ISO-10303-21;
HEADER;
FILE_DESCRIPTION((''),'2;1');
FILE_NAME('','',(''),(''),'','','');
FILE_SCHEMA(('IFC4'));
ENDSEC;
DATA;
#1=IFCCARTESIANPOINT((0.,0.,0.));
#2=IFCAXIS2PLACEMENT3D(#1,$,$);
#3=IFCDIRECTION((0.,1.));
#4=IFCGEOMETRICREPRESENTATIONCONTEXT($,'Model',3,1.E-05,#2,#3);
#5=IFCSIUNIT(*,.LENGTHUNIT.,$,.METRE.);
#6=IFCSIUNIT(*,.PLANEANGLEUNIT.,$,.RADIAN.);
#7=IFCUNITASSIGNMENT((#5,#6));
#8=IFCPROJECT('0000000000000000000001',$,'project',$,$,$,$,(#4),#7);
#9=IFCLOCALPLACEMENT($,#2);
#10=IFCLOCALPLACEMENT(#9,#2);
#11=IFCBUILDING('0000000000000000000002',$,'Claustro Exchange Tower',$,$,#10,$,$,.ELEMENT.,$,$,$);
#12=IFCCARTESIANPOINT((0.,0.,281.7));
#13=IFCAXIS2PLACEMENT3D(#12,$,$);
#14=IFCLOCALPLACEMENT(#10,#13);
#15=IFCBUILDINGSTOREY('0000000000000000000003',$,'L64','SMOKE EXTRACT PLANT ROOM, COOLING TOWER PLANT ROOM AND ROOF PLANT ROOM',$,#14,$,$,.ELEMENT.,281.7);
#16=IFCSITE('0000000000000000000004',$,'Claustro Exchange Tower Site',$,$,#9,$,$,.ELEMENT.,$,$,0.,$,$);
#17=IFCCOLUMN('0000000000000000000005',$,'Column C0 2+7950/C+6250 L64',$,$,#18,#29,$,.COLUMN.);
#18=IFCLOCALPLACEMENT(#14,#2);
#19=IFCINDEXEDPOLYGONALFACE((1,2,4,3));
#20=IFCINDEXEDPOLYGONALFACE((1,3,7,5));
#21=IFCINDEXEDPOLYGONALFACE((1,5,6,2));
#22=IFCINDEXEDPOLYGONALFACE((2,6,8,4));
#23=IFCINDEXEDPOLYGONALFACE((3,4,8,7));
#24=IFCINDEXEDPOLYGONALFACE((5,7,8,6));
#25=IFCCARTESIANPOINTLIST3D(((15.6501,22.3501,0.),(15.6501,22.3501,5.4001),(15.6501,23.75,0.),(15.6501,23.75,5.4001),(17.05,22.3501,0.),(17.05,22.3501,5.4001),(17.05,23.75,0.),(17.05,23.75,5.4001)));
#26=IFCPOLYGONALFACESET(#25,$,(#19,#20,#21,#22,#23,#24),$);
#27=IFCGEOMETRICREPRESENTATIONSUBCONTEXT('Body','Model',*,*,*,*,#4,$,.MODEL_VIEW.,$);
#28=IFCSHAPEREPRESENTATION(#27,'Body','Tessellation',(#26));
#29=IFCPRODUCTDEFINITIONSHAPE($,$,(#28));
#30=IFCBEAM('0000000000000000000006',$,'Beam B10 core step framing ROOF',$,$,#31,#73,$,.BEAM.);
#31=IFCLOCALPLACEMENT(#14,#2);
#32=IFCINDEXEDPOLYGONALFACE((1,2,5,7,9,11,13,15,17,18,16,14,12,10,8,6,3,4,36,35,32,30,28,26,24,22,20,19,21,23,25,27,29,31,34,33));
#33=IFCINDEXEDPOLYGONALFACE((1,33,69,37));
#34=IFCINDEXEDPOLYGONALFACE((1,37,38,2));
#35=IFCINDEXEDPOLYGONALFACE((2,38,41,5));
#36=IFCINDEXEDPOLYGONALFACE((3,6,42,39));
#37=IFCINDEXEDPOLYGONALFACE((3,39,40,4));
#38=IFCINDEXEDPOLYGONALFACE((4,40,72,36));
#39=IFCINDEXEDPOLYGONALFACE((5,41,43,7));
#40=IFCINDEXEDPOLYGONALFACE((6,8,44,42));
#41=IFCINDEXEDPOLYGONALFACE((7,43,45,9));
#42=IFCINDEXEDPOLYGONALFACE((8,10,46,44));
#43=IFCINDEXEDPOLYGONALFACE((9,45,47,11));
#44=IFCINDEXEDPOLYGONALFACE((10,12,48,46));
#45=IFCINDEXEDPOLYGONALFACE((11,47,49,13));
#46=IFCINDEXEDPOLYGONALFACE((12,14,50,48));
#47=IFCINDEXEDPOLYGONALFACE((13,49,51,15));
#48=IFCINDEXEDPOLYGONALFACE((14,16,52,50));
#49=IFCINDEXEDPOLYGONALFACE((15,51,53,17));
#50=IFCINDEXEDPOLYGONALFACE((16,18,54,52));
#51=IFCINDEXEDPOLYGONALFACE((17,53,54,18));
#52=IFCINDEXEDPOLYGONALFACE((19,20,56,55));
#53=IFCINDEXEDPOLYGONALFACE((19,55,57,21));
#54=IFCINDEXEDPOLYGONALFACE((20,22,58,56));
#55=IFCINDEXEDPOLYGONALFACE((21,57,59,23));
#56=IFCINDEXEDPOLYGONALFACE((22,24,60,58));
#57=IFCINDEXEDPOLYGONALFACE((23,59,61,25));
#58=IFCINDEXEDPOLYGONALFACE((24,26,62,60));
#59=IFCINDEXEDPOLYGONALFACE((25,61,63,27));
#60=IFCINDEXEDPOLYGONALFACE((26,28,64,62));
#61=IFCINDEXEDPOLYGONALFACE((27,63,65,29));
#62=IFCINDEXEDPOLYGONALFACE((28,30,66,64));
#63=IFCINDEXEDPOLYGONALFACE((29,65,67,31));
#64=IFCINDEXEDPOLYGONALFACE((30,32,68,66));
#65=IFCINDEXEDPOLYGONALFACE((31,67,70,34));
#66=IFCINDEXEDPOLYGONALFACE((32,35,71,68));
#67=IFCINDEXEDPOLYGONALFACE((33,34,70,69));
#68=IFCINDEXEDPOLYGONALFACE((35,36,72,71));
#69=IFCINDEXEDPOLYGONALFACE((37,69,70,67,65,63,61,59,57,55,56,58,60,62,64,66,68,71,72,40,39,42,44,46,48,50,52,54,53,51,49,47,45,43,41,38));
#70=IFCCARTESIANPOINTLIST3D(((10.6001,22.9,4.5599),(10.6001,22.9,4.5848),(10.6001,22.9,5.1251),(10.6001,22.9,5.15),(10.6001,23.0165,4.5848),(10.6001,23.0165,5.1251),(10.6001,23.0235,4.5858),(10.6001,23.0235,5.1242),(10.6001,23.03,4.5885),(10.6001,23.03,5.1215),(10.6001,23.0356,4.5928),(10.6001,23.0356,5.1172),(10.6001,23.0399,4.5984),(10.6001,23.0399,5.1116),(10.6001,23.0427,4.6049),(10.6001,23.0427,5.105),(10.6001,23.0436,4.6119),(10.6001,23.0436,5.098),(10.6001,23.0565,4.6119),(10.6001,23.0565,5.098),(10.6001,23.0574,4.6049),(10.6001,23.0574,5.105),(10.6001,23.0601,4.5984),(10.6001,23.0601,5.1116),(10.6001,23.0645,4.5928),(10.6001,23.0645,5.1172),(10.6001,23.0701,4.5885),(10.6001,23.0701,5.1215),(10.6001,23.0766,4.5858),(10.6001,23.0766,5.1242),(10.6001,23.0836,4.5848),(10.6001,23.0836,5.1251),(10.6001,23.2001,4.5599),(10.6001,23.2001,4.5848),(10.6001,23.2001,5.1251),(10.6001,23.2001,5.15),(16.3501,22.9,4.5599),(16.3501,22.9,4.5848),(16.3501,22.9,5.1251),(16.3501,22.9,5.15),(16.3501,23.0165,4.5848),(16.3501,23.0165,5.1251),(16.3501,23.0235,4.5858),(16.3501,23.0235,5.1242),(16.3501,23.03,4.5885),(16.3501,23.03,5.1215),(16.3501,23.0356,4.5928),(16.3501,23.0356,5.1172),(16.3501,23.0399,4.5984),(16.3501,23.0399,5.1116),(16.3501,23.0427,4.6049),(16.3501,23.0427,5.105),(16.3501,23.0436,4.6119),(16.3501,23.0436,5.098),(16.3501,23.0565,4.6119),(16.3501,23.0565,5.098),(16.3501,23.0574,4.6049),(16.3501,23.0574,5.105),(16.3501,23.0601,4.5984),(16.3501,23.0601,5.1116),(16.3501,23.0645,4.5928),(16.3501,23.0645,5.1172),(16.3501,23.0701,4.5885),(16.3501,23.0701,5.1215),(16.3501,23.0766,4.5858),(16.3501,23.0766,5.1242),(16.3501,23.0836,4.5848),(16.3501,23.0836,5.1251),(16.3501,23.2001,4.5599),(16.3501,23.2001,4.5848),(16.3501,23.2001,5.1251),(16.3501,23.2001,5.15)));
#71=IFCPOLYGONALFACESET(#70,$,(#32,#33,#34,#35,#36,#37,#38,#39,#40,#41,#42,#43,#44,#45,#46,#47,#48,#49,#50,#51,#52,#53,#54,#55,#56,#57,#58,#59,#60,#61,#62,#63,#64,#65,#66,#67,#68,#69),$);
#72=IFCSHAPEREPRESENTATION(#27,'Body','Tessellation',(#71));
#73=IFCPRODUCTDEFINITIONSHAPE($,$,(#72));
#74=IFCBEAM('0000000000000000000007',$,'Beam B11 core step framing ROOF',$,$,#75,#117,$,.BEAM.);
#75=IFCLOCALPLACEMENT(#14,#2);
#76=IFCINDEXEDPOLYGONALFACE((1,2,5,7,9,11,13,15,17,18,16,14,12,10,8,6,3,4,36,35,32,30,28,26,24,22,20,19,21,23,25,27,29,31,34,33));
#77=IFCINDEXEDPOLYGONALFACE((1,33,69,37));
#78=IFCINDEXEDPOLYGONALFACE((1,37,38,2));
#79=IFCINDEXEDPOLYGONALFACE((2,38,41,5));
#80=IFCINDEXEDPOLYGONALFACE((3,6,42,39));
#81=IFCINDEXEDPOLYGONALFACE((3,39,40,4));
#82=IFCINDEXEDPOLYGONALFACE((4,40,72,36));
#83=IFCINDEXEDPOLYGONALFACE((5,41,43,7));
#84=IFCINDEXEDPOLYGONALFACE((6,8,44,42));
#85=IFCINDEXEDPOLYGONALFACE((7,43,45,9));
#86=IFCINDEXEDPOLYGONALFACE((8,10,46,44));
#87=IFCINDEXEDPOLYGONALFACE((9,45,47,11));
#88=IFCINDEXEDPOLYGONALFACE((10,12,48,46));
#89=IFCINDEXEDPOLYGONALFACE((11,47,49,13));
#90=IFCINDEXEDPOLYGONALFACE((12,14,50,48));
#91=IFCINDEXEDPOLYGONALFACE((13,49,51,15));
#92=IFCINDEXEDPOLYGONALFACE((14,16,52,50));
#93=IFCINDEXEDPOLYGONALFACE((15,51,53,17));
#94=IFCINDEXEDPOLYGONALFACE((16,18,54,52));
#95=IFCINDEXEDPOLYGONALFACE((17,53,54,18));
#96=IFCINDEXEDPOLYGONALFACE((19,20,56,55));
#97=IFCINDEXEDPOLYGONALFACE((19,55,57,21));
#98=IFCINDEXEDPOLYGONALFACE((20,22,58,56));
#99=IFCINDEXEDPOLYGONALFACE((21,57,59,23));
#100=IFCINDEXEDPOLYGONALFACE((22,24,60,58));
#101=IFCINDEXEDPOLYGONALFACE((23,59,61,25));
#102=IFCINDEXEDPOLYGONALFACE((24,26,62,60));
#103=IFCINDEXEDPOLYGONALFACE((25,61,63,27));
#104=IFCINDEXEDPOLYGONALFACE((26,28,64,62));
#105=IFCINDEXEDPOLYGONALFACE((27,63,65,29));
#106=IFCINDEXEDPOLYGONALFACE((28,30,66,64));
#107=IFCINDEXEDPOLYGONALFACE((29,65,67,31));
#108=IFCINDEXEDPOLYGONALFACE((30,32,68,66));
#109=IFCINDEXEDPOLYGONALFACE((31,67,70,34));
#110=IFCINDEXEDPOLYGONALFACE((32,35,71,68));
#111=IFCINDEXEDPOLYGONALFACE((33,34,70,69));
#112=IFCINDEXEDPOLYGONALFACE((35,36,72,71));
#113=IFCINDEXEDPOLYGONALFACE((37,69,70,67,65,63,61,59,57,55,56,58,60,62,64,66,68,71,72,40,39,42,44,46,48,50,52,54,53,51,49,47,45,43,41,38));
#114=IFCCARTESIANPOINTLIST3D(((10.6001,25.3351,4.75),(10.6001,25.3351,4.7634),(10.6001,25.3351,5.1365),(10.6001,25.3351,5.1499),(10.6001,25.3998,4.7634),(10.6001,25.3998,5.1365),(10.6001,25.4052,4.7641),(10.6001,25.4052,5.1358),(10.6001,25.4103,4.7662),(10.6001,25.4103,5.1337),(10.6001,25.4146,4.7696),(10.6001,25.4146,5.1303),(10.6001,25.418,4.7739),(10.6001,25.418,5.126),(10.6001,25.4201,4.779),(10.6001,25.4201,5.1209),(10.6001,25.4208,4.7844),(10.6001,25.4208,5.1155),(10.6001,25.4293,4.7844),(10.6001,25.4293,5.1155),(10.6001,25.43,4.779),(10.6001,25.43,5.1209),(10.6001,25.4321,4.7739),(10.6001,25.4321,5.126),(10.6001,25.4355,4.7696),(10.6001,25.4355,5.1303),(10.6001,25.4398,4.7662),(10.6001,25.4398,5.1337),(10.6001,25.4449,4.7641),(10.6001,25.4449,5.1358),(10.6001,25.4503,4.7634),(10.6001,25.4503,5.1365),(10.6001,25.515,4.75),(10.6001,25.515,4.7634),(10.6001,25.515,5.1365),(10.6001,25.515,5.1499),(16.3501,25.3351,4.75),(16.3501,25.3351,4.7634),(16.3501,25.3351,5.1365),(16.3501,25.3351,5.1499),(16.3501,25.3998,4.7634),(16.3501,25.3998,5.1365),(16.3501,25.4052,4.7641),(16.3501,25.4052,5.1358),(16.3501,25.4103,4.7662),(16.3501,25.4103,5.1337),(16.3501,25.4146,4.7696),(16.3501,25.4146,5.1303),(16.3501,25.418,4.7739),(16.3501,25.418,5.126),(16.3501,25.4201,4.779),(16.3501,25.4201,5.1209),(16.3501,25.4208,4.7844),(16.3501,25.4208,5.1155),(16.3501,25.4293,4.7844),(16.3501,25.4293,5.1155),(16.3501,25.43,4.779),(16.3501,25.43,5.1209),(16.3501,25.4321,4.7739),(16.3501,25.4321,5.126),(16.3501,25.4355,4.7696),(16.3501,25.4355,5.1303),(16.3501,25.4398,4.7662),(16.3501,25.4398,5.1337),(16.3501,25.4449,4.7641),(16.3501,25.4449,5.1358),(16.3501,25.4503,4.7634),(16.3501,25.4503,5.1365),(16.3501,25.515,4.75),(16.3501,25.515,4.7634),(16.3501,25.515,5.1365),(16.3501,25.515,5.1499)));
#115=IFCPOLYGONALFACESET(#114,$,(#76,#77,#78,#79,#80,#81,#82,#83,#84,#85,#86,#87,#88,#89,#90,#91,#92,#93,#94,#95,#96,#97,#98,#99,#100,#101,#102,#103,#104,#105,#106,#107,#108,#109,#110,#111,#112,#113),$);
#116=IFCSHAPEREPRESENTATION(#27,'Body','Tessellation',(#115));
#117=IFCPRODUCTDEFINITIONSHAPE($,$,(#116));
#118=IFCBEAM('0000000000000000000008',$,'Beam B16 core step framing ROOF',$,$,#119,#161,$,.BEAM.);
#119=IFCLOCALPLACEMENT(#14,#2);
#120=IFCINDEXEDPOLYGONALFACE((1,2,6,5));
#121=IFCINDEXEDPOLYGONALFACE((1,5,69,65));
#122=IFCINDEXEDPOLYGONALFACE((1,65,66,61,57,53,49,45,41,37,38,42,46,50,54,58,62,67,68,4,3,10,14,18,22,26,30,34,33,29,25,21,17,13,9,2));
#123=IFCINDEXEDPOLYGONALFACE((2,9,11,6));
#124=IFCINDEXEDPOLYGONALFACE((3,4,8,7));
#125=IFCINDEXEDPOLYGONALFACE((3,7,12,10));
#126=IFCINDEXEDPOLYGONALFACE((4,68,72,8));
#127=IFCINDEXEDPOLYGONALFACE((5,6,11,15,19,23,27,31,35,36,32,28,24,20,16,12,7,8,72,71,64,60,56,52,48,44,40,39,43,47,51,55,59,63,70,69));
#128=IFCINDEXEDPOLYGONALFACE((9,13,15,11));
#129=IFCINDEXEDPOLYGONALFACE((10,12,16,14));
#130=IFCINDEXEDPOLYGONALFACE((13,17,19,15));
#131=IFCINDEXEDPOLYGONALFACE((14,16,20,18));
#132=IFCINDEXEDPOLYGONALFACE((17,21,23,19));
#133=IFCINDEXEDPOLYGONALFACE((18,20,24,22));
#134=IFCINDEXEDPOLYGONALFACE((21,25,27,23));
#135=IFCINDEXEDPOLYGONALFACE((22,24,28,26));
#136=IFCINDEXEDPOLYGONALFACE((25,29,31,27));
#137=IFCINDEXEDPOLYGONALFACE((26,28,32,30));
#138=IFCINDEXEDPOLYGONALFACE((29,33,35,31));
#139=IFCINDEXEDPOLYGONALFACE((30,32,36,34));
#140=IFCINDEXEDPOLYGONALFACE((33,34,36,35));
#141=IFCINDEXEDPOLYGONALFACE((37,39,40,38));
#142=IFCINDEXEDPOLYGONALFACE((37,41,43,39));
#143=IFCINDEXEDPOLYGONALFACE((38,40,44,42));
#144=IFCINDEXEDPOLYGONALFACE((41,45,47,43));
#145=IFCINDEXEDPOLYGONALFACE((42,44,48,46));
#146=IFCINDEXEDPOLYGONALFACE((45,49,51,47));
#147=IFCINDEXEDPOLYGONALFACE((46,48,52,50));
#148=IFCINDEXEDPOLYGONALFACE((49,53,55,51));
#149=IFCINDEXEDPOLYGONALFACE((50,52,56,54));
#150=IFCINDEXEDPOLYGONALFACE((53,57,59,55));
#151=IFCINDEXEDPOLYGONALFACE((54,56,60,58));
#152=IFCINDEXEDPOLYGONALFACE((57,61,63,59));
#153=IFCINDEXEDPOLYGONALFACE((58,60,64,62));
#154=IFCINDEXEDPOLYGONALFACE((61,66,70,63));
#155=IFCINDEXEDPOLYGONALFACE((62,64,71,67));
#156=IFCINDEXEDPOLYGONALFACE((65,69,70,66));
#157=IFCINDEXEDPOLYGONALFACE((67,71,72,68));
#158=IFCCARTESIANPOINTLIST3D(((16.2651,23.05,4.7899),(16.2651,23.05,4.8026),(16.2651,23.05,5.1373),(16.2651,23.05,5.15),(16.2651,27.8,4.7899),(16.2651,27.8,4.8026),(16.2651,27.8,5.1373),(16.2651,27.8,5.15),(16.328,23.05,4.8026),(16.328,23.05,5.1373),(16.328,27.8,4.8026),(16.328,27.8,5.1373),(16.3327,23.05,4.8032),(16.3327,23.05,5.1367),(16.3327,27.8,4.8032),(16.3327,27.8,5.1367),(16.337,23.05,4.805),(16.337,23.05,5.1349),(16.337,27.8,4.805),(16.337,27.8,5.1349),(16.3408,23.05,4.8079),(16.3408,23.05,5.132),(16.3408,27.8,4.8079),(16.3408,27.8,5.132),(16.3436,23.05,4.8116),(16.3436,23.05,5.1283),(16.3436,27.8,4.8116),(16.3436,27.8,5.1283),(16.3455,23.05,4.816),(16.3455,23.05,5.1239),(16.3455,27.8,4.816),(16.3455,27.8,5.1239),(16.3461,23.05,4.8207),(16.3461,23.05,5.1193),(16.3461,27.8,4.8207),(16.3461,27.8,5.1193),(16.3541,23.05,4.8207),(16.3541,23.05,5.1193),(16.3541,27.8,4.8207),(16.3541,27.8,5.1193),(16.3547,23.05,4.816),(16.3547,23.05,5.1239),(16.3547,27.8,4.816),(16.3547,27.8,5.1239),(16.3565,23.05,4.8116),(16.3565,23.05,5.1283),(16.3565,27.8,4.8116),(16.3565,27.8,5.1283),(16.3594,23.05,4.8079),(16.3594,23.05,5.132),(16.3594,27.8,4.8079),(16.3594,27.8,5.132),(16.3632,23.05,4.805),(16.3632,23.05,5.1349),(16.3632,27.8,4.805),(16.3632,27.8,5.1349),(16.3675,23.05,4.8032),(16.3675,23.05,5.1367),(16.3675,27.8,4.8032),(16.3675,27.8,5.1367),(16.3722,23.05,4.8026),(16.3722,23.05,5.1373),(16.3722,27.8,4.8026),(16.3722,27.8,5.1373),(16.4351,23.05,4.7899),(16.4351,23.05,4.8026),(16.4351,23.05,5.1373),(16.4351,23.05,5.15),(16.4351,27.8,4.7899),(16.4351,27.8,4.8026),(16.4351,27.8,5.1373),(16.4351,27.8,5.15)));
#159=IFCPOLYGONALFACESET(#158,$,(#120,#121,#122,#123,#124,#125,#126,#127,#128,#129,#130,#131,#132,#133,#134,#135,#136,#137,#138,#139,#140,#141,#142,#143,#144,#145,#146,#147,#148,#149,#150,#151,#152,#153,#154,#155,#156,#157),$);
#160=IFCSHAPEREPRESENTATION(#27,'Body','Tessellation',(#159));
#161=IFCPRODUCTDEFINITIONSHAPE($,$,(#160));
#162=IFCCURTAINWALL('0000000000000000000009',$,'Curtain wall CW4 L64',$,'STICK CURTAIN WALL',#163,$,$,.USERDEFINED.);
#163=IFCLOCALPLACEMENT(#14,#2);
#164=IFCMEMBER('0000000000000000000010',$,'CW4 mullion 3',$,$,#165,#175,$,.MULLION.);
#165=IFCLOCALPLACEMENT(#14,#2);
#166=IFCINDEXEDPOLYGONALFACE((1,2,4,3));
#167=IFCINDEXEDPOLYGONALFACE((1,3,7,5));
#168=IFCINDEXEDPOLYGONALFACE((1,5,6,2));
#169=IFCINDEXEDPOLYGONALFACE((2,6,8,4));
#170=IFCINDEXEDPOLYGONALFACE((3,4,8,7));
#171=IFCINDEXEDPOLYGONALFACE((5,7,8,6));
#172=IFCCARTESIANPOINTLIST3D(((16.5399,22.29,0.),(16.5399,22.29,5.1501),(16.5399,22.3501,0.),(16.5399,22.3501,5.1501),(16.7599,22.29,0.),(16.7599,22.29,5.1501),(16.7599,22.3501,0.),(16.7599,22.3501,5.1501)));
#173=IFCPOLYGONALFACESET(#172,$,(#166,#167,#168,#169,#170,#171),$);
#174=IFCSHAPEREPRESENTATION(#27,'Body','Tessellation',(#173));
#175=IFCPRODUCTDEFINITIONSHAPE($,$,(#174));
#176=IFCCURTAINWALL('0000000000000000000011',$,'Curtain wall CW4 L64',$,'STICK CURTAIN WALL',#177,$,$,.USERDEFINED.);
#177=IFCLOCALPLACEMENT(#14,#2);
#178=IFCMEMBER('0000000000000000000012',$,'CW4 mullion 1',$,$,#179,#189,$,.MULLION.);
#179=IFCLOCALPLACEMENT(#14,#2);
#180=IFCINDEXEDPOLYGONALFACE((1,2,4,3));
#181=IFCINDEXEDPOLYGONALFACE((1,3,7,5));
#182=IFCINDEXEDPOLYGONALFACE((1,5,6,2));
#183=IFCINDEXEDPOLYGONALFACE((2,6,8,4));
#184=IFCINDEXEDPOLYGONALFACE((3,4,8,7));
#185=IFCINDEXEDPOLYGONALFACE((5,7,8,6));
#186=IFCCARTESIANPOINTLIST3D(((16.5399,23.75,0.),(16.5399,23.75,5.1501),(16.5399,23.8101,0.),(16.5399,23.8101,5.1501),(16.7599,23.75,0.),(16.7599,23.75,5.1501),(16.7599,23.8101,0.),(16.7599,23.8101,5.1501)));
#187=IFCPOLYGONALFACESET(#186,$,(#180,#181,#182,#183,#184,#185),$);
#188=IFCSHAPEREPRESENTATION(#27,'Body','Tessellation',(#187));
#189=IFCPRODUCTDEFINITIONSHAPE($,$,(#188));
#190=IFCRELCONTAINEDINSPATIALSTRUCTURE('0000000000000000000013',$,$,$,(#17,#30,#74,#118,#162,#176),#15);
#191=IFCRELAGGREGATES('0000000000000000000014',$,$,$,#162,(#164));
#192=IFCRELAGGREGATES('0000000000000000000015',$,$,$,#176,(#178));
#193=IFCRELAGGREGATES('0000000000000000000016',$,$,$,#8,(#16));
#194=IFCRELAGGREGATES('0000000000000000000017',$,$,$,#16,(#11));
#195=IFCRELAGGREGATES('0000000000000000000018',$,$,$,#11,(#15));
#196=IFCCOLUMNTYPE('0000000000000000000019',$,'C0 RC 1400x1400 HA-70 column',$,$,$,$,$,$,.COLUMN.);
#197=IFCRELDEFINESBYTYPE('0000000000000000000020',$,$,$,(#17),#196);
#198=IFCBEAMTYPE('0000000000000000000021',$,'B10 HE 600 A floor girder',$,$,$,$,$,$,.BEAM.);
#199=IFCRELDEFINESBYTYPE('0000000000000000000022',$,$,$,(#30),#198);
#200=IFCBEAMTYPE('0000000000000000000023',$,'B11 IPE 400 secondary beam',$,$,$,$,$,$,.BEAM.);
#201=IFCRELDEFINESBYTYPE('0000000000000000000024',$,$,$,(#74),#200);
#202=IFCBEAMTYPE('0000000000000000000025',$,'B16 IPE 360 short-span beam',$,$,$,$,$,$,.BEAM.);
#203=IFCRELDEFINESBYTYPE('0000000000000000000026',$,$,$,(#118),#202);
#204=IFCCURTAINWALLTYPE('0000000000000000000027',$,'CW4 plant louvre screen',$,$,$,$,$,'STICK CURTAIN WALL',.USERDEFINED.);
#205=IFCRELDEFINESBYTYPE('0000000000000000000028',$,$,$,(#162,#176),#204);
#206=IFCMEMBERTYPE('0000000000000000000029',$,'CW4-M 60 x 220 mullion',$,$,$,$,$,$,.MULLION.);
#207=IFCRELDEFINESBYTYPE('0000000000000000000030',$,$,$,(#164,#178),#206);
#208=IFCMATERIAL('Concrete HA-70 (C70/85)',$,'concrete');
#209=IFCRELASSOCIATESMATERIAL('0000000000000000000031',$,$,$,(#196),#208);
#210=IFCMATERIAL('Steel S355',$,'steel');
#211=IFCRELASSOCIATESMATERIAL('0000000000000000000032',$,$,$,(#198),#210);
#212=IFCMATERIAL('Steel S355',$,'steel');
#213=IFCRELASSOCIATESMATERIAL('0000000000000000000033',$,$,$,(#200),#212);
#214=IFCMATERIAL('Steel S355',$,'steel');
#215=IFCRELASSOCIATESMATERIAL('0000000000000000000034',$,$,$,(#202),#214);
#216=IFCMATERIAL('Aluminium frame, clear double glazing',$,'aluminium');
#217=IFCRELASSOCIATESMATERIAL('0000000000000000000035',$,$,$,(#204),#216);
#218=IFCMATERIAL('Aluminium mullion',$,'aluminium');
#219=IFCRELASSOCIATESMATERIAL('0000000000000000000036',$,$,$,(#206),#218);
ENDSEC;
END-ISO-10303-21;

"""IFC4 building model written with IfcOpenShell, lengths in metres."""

from ifc_helpers import new_model, si_unit, direction, frame, origin, origin_2d, place, context, subcontext, project, spatial, rectangle, i_section, extrude, material, material_profile, profile_set, type_object, element, aggregate, save


model = new_model("IFC4")

# Units and contexts
model_context = context("Model", 3, precision=1e-05, world=origin(), true_north=direction((0.0, 1.0)))
body_context = subcontext(model_context, "Body", "Model", "MODEL_VIEW")
ifc_project = project(units=[si_unit("LENGTHUNIT", "METRE"), si_unit("PLANEANGLEUNIT", "RADIAN")], contexts=[model_context])

# Site, building, storey
site_placement = place(None, origin())
site = spatial("IfcSite", under=ifc_project, at=site_placement, Name="Claustro Exchange Tower Site", CompositionType="ELEMENT", RefElevation=0.0)
building_placement = place(site_placement, origin())
building = spatial("IfcBuilding", under=site, at=building_placement, Name="Claustro Exchange Tower", CompositionType="ELEMENT")
storey_placement = place(building_placement, frame((0.0, 0.0, 281.7)))
storey = spatial("IfcBuildingStorey", under=building, at=storey_placement, Name="L64", Description="SMOKE EXTRACT PLANT ROOM, COOLING TOWER PLANT ROOM AND ROOF PLANT ROOM", CompositionType="ELEMENT", Elevation=281.7)

# Column
ifc_material_1 = material(Name="Concrete HA-70 (C70/85)", Category="concrete")
ifc_material_profile_1 = material_profile(ifc_material_1, rectangle(XDim=1.3999, YDim=1.3999, at=origin_2d()), Name="RC 1400x1400")
ifc_profile_set_1 = profile_set([ifc_material_profile_1], Name="Concrete HA-70 (C70/85)")
column_type = type_object("IfcColumnType", Name="C0 RC 1400x1400 HA-70 column", PredefinedType="COLUMN", material=ifc_profile_set_1)
column_placement = place(storey_placement, frame((16.3501, 23.05, 0.0), z_axis=(0.0, 0.0, 1.0), x_axis=(1.0, 0.0, 0.0)))
element("IfcColumn", 1, at=column_placement, inside=storey, type_object=column_type, Name="Column C0 2+7950/C+6250 L64", PredefinedType="COLUMN", context=body_context, shape_type="SweptSolid", body=[
    extrude(rectangle(XDim=1.3999, YDim=1.3999, at=origin_2d()), origin(), (0.0, 0.0, 1.0), 5.4001),
])

# Beams
ifc_material_2 = material(Name="Steel S355", Category="steel")
ifc_material_profile_2 = material_profile(ifc_material_2, i_section(OverallWidth=0.3, OverallDepth=0.5901, WebThickness=0.0129, FlangeThickness=0.0249, FilletRadius=0.0271, at=origin_2d()), Name="HE 600 A")
ifc_profile_set_2 = profile_set([ifc_material_profile_2], Name="Steel S355")
beam_type_1 = type_object("IfcBeamType", Name="B10 HE 600 A floor girder", PredefinedType="BEAM", material=ifc_profile_set_2)
beam_1_placement = place(storey_placement, frame((10.6001, 23.05, 4.855), z_axis=(1.0, 0.0, 0.0), x_axis=(0.0, 1.0, 0.0)))
element("IfcBeam", 2, at=beam_1_placement, inside=storey, type_object=beam_type_1, Name="Beam B10 core step framing ROOF", PredefinedType="BEAM", context=body_context, shape_type="SweptSolid", body=[
    extrude(i_section(OverallWidth=0.3, OverallDepth=0.5901, WebThickness=0.0129, FlangeThickness=0.0249, FilletRadius=0.0271, at=origin_2d()), origin(), (0.0, 0.0, 1.0), 5.75),
])
ifc_material_3 = material(Name="Steel S355", Category="steel")
ifc_material_profile_3 = material_profile(ifc_material_3, i_section(OverallWidth=0.1799, OverallDepth=0.3999, WebThickness=0.0085, FlangeThickness=0.0134, FilletRadius=0.021, at=origin_2d()), Name="IPE 400")
ifc_profile_set_3 = profile_set([ifc_material_profile_3], Name="Steel S355")
beam_type_2 = type_object("IfcBeamType", Name="B11 IPE 400 secondary beam", PredefinedType="BEAM", material=ifc_profile_set_3)
beam_2_placement = place(storey_placement, frame((10.6001, 25.425, 4.95), z_axis=(1.0, 0.0, 0.0), x_axis=(0.0, 1.0, 0.0)))
element("IfcBeam", 3, at=beam_2_placement, inside=storey, type_object=beam_type_2, Name="Beam B11 core step framing ROOF", PredefinedType="BEAM", context=body_context, shape_type="SweptSolid", body=[
    extrude(i_section(OverallWidth=0.1799, OverallDepth=0.3999, WebThickness=0.0085, FlangeThickness=0.0134, FilletRadius=0.021, at=origin_2d()), origin(), (0.0, 0.0, 1.0), 5.75),
])
ifc_material_4 = material(Name="Steel S355", Category="steel")
ifc_material_profile_4 = material_profile(ifc_material_4, i_section(OverallWidth=0.1699, OverallDepth=0.3601, WebThickness=0.0081, FlangeThickness=0.0127, FilletRadius=0.0181, at=origin_2d()), Name="IPE 360")
ifc_profile_set_4 = profile_set([ifc_material_profile_4], Name="Steel S355")
beam_type_3 = type_object("IfcBeamType", Name="B16 IPE 360 short-span beam", PredefinedType="BEAM", material=ifc_profile_set_4)
beam_3_placement = place(storey_placement, frame((16.3501, 23.05, 4.97), z_axis=(0.0, 1.0, 0.0), x_axis=(-1.0, 0.0, 0.0)))
element("IfcBeam", 4, at=beam_3_placement, inside=storey, type_object=beam_type_3, Name="Beam B16 core step framing ROOF", PredefinedType="BEAM", context=body_context, shape_type="SweptSolid", body=[
    extrude(i_section(OverallWidth=0.1699, OverallDepth=0.3601, WebThickness=0.0081, FlangeThickness=0.0127, FilletRadius=0.0181, at=origin_2d()), origin(), (0.0, 0.0, 1.0), 4.75),
])

# Curtain wall, member
ifc_material_5 = material(Name="Aluminium frame, clear double glazing", Category="aluminium")
curtain_wall_type = type_object("IfcCurtainWallType", Name="CW4 plant louvre screen", ElementType="STICK CURTAIN WALL", PredefinedType="USERDEFINED", material=ifc_material_5)
curtain_wall_1_placement = place(storey_placement, origin())
curtain_wall_1 = element("IfcCurtainWall", 5, at=curtain_wall_1_placement, inside=storey, type_object=curtain_wall_type, Name="Curtain wall CW4 L64", ObjectType="STICK CURTAIN WALL", PredefinedType="USERDEFINED")
ifc_material_6 = material(Name="Aluminium mullion", Category="aluminium")
ifc_material_profile_5 = material_profile(ifc_material_6, rectangle(XDim=0.22, YDim=0.0601, at=origin_2d()), Name="CW4-M 60x220")
ifc_profile_set_5 = profile_set([ifc_material_profile_5], Name="Aluminium mullion")
member_type_1 = type_object("IfcMemberType", Name="CW4-M 60 x 220 mullion", PredefinedType="MULLION", material=ifc_profile_set_5)
member_1_placement = place(storey_placement, frame((16.6499, 22.3201, 0.0), z_axis=(0.0, 0.0, 1.0), x_axis=(-1.0, 0.0, 0.0)))
member_1 = element("IfcMember", 6, at=member_1_placement, type_object=member_type_1, Name="CW4 mullion 3", PredefinedType="MULLION", context=body_context, shape_type="SweptSolid", body=[
    extrude(rectangle(XDim=0.22, YDim=0.0601, at=origin_2d()), origin(), (0.0, 0.0, 1.0), 5.1501),
])

# Curtain wall, member
curtain_wall_2_placement = place(storey_placement, origin())
curtain_wall_2 = element("IfcCurtainWall", 7, at=curtain_wall_2_placement, inside=storey, type_object=curtain_wall_type, Name="Curtain wall CW4 L64", ObjectType="STICK CURTAIN WALL", PredefinedType="USERDEFINED")
member_2_placement = place(storey_placement, frame((16.6499, 23.78, 0.0), z_axis=(0.0, 0.0, 1.0), x_axis=(-1.0, 0.0, 0.0)))
member_2 = element("IfcMember", 8, at=member_2_placement, type_object=member_type_1, Name="CW4 mullion 1", PredefinedType="MULLION", context=body_context, shape_type="SweptSolid", body=[
    extrude(rectangle(XDim=0.22, YDim=0.0601, at=origin_2d()), origin(), (0.0, 0.0, 1.0), 5.1501),
])

aggregate(curtain_wall_1, [member_1])
aggregate(curtain_wall_2, [member_2])

save(model, "model.ifc")
